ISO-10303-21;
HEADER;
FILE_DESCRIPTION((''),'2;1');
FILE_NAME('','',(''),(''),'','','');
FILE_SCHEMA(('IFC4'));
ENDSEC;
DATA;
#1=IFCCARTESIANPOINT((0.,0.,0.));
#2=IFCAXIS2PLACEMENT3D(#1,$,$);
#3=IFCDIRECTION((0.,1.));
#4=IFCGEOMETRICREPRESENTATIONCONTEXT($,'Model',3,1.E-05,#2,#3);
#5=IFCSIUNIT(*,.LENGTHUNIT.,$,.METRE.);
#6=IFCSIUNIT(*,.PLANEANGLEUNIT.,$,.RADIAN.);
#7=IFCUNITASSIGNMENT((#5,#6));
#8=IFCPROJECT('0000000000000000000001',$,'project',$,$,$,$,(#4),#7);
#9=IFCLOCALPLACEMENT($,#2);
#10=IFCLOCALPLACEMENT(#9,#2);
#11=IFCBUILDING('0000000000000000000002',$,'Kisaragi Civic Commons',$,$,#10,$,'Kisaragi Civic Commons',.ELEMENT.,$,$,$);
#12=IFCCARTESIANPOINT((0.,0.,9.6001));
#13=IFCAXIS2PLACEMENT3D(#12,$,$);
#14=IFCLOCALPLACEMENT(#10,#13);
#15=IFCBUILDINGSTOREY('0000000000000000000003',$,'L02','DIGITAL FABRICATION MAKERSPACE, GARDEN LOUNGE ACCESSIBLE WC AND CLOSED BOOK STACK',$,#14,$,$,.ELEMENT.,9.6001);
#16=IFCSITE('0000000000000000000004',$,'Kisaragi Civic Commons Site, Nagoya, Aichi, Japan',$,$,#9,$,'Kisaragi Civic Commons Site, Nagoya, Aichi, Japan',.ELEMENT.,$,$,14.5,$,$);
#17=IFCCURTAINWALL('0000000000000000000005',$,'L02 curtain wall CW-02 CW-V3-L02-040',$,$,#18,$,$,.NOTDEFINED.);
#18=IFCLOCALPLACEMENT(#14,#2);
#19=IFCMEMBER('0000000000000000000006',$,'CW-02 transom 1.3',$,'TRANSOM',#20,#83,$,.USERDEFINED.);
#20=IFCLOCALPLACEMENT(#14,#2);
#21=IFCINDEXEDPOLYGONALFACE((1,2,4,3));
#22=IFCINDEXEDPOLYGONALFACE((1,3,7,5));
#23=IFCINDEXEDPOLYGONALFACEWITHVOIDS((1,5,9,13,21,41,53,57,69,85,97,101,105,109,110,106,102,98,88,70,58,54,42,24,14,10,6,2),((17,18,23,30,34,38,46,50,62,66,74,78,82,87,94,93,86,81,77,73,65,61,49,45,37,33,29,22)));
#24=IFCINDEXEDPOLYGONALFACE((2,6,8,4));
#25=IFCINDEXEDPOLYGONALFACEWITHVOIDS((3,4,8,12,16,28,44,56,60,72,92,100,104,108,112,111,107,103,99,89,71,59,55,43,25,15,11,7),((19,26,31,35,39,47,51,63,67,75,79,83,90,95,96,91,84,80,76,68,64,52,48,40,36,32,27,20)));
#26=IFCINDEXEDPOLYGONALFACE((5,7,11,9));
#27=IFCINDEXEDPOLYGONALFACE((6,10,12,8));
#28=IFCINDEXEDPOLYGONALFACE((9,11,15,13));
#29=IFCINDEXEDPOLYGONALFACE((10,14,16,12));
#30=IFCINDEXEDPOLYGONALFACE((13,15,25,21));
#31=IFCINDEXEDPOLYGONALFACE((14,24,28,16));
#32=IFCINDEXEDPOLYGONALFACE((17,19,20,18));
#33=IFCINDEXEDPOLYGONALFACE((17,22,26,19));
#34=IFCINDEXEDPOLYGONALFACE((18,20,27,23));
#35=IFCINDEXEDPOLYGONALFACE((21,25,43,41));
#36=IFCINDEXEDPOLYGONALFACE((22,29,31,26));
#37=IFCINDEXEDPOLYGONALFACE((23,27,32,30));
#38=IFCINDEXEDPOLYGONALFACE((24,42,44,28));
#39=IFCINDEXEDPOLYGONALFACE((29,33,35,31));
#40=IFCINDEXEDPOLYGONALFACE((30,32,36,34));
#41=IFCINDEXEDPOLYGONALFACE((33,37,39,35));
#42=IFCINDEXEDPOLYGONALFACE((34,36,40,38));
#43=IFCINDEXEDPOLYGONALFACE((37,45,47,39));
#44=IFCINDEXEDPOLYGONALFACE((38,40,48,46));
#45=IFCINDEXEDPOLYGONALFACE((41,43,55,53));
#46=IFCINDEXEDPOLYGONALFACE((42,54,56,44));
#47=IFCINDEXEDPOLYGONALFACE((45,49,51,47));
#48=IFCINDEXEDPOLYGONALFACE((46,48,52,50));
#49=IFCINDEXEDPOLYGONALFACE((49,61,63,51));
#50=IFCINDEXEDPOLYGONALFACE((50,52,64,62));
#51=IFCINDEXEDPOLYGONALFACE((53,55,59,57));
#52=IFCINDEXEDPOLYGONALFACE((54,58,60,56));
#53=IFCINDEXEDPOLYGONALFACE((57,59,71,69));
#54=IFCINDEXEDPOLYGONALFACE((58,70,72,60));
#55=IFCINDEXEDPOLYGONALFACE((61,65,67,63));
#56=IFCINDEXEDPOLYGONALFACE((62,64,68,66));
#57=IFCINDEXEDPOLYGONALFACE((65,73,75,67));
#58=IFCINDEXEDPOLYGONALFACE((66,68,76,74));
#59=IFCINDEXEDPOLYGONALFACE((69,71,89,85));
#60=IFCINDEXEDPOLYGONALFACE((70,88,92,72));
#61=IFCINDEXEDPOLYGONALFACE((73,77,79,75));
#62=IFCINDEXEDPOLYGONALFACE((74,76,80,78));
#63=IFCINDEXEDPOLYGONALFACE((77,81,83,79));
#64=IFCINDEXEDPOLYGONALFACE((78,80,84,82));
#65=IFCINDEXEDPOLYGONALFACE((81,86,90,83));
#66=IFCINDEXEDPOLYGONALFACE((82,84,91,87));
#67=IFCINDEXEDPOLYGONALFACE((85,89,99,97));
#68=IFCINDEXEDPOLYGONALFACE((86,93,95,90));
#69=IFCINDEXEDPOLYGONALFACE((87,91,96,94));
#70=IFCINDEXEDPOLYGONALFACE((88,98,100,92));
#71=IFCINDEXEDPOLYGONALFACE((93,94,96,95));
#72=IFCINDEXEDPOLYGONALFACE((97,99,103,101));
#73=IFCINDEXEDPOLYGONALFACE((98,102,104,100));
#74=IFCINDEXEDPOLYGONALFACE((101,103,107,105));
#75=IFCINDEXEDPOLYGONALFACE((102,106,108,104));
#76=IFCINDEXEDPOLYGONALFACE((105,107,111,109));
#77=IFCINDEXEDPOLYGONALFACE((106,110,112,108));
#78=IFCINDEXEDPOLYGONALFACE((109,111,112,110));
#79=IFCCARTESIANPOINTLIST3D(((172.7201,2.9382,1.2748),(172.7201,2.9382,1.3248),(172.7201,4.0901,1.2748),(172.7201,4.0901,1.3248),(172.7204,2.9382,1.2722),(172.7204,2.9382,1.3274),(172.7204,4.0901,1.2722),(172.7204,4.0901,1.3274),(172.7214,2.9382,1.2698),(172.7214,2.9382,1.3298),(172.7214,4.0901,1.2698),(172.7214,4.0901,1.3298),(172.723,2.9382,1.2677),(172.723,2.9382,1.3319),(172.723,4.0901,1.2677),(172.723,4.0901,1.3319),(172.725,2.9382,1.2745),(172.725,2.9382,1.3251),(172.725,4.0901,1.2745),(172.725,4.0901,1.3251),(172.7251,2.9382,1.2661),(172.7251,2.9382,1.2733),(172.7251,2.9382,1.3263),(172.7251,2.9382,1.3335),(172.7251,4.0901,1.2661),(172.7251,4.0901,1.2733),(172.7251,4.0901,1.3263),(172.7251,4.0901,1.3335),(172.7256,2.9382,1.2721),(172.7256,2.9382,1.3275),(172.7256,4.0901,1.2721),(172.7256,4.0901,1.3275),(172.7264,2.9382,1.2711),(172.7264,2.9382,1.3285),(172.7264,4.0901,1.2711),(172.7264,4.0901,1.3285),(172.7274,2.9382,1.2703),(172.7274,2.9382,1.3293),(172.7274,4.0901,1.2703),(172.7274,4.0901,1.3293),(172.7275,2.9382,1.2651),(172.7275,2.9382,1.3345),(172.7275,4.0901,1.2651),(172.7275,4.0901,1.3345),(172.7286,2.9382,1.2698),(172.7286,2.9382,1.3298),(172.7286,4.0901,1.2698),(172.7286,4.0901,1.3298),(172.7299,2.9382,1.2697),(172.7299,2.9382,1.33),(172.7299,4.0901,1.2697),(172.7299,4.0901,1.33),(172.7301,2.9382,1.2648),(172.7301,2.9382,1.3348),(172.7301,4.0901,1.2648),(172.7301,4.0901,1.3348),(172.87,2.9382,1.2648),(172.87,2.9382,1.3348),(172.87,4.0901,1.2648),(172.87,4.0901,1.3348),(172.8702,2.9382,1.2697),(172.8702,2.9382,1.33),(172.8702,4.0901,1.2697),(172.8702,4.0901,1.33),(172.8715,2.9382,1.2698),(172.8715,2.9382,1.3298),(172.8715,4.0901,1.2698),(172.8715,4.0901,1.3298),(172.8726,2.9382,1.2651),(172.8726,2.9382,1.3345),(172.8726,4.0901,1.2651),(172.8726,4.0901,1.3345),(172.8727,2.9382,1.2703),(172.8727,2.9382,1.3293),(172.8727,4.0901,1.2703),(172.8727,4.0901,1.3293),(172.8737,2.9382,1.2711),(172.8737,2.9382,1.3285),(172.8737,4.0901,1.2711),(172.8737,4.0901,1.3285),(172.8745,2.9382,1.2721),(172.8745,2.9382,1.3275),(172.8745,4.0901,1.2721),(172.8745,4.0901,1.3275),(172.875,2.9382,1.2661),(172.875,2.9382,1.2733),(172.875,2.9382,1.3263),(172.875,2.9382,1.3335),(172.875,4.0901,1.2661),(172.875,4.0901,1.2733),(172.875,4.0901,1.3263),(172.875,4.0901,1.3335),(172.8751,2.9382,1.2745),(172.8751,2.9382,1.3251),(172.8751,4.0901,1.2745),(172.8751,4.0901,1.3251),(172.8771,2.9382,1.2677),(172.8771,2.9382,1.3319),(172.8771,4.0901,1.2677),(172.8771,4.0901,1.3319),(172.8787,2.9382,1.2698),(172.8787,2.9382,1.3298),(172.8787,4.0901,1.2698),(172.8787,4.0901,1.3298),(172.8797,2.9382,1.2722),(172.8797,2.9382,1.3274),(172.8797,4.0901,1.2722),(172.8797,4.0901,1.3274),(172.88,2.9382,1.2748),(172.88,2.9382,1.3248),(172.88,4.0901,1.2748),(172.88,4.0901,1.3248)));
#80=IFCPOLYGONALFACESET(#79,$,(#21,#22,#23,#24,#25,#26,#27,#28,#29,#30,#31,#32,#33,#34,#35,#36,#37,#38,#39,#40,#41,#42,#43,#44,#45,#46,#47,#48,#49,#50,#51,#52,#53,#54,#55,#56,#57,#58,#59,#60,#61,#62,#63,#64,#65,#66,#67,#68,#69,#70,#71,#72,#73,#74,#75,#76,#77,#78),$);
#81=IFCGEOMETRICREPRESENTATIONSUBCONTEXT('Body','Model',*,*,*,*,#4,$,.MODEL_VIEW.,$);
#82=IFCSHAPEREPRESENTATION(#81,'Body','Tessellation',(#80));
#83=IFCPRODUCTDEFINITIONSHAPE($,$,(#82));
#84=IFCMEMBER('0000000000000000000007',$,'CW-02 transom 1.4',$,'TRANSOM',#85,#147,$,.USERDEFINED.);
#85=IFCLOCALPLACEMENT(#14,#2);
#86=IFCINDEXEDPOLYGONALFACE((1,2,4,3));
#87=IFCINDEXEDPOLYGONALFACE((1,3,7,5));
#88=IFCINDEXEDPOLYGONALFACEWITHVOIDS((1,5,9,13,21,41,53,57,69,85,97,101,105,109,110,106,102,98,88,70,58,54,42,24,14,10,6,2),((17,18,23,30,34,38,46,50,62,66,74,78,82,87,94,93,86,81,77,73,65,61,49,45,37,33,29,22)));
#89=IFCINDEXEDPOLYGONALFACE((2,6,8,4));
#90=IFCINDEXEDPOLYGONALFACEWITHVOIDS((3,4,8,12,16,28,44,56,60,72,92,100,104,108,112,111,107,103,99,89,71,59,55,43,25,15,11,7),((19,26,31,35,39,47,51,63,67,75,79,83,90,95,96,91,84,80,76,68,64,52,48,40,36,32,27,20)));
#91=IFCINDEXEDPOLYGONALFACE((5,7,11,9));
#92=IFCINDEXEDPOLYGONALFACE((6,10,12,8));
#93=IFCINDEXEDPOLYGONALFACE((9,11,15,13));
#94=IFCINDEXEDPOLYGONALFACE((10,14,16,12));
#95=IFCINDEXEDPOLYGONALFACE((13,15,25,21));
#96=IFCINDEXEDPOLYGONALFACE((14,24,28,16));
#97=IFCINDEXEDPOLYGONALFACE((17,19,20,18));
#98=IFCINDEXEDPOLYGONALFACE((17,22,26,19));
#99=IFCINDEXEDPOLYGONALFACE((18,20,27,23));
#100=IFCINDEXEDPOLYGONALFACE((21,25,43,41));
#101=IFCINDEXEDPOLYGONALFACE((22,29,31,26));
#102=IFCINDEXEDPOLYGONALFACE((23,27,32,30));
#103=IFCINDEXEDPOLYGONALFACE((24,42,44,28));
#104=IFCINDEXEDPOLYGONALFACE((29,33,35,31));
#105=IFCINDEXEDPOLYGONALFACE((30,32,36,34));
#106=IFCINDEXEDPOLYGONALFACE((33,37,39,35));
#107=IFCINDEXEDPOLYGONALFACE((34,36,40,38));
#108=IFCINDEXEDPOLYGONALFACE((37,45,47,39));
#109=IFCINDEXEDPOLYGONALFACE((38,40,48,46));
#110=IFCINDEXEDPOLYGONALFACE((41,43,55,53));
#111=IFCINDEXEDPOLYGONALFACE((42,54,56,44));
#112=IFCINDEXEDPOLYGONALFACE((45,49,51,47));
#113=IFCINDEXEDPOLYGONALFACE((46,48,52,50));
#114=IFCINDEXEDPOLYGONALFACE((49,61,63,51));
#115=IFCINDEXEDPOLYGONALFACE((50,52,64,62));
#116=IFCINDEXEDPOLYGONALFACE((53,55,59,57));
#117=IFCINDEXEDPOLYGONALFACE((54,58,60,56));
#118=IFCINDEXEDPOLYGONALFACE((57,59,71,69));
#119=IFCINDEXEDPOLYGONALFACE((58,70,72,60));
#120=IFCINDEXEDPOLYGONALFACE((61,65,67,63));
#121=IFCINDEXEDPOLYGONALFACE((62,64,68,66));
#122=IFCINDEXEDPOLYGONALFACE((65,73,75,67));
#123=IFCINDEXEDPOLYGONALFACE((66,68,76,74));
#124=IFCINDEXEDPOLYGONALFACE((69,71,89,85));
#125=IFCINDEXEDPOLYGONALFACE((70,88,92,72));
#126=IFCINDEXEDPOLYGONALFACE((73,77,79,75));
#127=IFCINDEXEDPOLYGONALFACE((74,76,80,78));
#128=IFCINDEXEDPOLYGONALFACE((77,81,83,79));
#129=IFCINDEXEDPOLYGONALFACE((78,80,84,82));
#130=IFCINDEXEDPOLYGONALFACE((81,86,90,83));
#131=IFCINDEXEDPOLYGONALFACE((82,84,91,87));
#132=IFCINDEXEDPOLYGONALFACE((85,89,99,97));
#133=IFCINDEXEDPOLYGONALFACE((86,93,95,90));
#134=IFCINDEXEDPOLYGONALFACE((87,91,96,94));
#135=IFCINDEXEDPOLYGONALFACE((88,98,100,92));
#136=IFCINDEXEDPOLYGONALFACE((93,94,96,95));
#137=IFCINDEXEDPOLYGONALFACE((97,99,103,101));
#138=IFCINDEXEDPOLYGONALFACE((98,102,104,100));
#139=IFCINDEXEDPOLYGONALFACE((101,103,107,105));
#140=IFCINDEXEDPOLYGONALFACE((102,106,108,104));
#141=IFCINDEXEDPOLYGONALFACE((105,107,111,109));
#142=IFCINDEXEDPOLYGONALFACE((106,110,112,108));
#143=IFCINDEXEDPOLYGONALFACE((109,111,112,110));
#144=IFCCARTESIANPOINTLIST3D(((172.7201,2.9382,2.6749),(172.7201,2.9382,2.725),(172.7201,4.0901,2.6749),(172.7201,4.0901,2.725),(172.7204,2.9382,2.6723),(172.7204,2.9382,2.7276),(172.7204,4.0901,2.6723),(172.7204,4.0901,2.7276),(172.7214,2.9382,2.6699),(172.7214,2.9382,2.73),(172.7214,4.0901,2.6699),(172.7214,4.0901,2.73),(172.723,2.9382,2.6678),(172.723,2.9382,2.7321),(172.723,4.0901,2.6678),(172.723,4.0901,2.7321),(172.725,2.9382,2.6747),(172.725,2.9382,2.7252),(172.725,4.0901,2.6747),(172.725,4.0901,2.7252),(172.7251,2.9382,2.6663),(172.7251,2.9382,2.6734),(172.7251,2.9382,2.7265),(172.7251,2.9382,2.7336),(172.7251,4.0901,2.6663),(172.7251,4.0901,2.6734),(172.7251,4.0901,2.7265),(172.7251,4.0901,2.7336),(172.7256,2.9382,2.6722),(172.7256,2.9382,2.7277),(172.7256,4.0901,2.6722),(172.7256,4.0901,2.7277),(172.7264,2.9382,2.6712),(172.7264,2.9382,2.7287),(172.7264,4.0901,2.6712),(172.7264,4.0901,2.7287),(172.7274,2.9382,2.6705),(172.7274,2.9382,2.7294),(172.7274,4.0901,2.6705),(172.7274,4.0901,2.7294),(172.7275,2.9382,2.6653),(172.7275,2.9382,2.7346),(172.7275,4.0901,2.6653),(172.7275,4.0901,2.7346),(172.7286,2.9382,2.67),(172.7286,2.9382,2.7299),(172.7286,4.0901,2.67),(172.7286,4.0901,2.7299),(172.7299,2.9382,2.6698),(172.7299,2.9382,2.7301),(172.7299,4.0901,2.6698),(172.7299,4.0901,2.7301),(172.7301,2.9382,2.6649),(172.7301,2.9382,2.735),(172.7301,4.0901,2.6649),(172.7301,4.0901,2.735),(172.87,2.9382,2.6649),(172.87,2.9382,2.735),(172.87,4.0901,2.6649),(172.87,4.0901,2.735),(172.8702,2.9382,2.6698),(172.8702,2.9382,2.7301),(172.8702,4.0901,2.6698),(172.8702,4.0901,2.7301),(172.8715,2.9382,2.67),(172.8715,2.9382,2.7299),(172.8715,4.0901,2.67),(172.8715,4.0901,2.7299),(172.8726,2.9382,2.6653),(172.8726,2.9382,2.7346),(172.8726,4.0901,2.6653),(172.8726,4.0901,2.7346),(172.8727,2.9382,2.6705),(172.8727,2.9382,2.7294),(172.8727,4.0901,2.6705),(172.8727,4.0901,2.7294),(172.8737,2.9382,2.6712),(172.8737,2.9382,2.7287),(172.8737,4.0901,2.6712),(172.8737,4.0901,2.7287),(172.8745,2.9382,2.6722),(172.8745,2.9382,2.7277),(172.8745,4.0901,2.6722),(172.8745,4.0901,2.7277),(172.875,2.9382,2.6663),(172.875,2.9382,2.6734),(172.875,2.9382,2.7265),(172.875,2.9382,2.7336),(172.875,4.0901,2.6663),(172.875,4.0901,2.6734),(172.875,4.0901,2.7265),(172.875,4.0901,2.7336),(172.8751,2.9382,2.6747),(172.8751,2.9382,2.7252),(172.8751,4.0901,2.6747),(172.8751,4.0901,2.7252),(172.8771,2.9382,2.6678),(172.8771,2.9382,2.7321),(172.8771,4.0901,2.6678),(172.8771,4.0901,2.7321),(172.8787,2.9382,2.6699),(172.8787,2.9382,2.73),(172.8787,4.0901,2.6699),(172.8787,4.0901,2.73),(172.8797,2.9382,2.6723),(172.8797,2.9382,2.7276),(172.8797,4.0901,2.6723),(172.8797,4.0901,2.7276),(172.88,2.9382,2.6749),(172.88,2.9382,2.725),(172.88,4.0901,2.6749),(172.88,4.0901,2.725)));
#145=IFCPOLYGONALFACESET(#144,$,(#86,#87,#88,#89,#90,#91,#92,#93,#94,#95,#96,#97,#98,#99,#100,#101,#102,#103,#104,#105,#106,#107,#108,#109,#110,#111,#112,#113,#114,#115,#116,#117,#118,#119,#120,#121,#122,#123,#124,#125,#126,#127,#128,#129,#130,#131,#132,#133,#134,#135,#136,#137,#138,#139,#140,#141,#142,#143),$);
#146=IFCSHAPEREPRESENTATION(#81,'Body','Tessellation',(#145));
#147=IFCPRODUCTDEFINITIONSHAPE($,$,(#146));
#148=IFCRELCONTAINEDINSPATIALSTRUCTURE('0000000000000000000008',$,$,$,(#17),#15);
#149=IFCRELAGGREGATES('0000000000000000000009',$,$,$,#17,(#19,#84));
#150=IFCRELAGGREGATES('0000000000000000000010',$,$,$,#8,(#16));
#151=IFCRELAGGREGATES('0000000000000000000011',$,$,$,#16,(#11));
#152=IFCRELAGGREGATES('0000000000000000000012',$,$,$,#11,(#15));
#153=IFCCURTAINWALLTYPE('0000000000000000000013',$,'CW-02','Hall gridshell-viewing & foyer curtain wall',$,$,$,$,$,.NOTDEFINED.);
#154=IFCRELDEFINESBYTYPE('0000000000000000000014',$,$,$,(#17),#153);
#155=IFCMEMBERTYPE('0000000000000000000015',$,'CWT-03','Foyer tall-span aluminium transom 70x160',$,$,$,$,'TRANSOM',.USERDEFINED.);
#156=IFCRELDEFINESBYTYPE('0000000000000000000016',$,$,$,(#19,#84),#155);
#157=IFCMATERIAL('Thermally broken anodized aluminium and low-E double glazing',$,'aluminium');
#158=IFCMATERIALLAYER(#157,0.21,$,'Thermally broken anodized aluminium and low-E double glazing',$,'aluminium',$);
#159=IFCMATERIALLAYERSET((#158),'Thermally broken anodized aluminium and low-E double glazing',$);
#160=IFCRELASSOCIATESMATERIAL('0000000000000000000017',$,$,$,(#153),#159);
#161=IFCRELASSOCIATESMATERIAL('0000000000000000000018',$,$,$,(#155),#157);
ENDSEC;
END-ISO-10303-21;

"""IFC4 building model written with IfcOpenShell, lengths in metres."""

from ifc_helpers import new_model, si_unit, direction, frame, origin, origin_2d, place, context, subcontext, project, spatial, hollow_rectangle, extrude, material, layer, layer_set, material_profile, profile_set, type_object, element, aggregate, save


model = new_model("IFC4")

# Units and contexts
model_context = context("Model", 3, precision=1e-05, world=origin(), true_north=direction((0.0, 1.0)))
body_context = subcontext(model_context, "Body", "Model", "MODEL_VIEW")
ifc_project = project(units=[si_unit("LENGTHUNIT", "METRE"), si_unit("PLANEANGLEUNIT", "RADIAN")], contexts=[model_context])

# Site, building, storey
site_placement = place(None, origin())
site = spatial("IfcSite", under=ifc_project, at=site_placement, Name="Kisaragi Civic Commons Site, Nagoya, Aichi, Japan", LongName="Kisaragi Civic Commons Site, Nagoya, Aichi, Japan", CompositionType="ELEMENT", RefElevation=14.5)
building_placement = place(site_placement, origin())
building = spatial("IfcBuilding", under=site, at=building_placement, Name="Kisaragi Civic Commons", LongName="Kisaragi Civic Commons", CompositionType="ELEMENT")
storey_placement = place(building_placement, frame((0.0, 0.0, 9.6001)))
storey = spatial("IfcBuildingStorey", under=building, at=storey_placement, Name="L02", Description="DIGITAL FABRICATION MAKERSPACE, GARDEN LOUNGE ACCESSIBLE WC AND CLOSED BOOK STACK", CompositionType="ELEMENT", Elevation=9.6001)

# Shared definitions
ifc_material_1 = material(Name="Thermally broken anodized aluminium and low-E double glazing", Category="aluminium")
ifc_layer_1 = layer(ifc_material_1, 0.21, Name="Thermally broken anodized aluminium and low-E double glazing", Category="aluminium")
ifc_layer_set_1 = layer_set([ifc_layer_1], Name="Thermally broken anodized aluminium and low-E double glazing")
curtain_wall_type = type_object("IfcCurtainWallType", Name="CW-02", Description="Hall gridshell-viewing & foyer curtain wall", PredefinedType="NOTDEFINED", material=ifc_layer_set_1)

# Curtain wall
curtain_wall_1_placement = place(storey_placement, origin())
curtain_wall_1 = element("IfcCurtainWall", 1, at=curtain_wall_1_placement, inside=storey, type_object=curtain_wall_type, Name="L02 curtain wall CW-02 CW-V3-L02-040", PredefinedType="NOTDEFINED")

# Members
ifc_material_profile_1 = material_profile(ifc_material_1, hollow_rectangle(XDim=0.1599, YDim=0.0701, WallThickness=0.0049, InnerFilletRadius=0.0049, OuterFilletRadius=0.01, at=origin_2d()), Name="CWT-70x160x5", Category="aluminium")
ifc_profile_set_1 = profile_set([ifc_material_profile_1], Name="Thermally broken anodized aluminium and low-E double glazing")
member_type_1 = type_object("IfcMemberType", Name="CWT-03", Description="Foyer tall-span aluminium transom 70x160", ElementType="TRANSOM", PredefinedType="USERDEFINED", material=ifc_profile_set_1)
member_1_placement = place(storey_placement, frame((172.8, 4.0901, 1.2998), z_axis=(0.0, -1.0, 0.0), x_axis=(1.0, 0.0, 0.0)))
member_1 = element("IfcMember", 2, at=member_1_placement, type_object=member_type_1, Name="CW-02 transom 1.3", ObjectType="TRANSOM", PredefinedType="USERDEFINED", context=body_context, shape_type="SweptSolid", body=[
    extrude(hollow_rectangle(XDim=0.1599, YDim=0.0701, WallThickness=0.0049, InnerFilletRadius=0.0049, OuterFilletRadius=0.01, at=origin_2d()), origin(), (0.0, 0.0, 1.0), 1.1519),
])
member_2_placement = place(storey_placement, frame((172.8, 4.0901, 2.7), z_axis=(0.0, -1.0, 0.0), x_axis=(1.0, 0.0, 0.0)))
member_2 = element("IfcMember", 3, at=member_2_placement, type_object=member_type_1, Name="CW-02 transom 1.4", ObjectType="TRANSOM", PredefinedType="USERDEFINED", context=body_context, shape_type="SweptSolid", body=[
    extrude(hollow_rectangle(XDim=0.1599, YDim=0.0701, WallThickness=0.0049, InnerFilletRadius=0.0049, OuterFilletRadius=0.01, at=origin_2d()), origin(), (0.0, 0.0, 1.0), 1.1519),
])

aggregate(curtain_wall_1, [member_1, member_2])

save(model, "model.ifc")
